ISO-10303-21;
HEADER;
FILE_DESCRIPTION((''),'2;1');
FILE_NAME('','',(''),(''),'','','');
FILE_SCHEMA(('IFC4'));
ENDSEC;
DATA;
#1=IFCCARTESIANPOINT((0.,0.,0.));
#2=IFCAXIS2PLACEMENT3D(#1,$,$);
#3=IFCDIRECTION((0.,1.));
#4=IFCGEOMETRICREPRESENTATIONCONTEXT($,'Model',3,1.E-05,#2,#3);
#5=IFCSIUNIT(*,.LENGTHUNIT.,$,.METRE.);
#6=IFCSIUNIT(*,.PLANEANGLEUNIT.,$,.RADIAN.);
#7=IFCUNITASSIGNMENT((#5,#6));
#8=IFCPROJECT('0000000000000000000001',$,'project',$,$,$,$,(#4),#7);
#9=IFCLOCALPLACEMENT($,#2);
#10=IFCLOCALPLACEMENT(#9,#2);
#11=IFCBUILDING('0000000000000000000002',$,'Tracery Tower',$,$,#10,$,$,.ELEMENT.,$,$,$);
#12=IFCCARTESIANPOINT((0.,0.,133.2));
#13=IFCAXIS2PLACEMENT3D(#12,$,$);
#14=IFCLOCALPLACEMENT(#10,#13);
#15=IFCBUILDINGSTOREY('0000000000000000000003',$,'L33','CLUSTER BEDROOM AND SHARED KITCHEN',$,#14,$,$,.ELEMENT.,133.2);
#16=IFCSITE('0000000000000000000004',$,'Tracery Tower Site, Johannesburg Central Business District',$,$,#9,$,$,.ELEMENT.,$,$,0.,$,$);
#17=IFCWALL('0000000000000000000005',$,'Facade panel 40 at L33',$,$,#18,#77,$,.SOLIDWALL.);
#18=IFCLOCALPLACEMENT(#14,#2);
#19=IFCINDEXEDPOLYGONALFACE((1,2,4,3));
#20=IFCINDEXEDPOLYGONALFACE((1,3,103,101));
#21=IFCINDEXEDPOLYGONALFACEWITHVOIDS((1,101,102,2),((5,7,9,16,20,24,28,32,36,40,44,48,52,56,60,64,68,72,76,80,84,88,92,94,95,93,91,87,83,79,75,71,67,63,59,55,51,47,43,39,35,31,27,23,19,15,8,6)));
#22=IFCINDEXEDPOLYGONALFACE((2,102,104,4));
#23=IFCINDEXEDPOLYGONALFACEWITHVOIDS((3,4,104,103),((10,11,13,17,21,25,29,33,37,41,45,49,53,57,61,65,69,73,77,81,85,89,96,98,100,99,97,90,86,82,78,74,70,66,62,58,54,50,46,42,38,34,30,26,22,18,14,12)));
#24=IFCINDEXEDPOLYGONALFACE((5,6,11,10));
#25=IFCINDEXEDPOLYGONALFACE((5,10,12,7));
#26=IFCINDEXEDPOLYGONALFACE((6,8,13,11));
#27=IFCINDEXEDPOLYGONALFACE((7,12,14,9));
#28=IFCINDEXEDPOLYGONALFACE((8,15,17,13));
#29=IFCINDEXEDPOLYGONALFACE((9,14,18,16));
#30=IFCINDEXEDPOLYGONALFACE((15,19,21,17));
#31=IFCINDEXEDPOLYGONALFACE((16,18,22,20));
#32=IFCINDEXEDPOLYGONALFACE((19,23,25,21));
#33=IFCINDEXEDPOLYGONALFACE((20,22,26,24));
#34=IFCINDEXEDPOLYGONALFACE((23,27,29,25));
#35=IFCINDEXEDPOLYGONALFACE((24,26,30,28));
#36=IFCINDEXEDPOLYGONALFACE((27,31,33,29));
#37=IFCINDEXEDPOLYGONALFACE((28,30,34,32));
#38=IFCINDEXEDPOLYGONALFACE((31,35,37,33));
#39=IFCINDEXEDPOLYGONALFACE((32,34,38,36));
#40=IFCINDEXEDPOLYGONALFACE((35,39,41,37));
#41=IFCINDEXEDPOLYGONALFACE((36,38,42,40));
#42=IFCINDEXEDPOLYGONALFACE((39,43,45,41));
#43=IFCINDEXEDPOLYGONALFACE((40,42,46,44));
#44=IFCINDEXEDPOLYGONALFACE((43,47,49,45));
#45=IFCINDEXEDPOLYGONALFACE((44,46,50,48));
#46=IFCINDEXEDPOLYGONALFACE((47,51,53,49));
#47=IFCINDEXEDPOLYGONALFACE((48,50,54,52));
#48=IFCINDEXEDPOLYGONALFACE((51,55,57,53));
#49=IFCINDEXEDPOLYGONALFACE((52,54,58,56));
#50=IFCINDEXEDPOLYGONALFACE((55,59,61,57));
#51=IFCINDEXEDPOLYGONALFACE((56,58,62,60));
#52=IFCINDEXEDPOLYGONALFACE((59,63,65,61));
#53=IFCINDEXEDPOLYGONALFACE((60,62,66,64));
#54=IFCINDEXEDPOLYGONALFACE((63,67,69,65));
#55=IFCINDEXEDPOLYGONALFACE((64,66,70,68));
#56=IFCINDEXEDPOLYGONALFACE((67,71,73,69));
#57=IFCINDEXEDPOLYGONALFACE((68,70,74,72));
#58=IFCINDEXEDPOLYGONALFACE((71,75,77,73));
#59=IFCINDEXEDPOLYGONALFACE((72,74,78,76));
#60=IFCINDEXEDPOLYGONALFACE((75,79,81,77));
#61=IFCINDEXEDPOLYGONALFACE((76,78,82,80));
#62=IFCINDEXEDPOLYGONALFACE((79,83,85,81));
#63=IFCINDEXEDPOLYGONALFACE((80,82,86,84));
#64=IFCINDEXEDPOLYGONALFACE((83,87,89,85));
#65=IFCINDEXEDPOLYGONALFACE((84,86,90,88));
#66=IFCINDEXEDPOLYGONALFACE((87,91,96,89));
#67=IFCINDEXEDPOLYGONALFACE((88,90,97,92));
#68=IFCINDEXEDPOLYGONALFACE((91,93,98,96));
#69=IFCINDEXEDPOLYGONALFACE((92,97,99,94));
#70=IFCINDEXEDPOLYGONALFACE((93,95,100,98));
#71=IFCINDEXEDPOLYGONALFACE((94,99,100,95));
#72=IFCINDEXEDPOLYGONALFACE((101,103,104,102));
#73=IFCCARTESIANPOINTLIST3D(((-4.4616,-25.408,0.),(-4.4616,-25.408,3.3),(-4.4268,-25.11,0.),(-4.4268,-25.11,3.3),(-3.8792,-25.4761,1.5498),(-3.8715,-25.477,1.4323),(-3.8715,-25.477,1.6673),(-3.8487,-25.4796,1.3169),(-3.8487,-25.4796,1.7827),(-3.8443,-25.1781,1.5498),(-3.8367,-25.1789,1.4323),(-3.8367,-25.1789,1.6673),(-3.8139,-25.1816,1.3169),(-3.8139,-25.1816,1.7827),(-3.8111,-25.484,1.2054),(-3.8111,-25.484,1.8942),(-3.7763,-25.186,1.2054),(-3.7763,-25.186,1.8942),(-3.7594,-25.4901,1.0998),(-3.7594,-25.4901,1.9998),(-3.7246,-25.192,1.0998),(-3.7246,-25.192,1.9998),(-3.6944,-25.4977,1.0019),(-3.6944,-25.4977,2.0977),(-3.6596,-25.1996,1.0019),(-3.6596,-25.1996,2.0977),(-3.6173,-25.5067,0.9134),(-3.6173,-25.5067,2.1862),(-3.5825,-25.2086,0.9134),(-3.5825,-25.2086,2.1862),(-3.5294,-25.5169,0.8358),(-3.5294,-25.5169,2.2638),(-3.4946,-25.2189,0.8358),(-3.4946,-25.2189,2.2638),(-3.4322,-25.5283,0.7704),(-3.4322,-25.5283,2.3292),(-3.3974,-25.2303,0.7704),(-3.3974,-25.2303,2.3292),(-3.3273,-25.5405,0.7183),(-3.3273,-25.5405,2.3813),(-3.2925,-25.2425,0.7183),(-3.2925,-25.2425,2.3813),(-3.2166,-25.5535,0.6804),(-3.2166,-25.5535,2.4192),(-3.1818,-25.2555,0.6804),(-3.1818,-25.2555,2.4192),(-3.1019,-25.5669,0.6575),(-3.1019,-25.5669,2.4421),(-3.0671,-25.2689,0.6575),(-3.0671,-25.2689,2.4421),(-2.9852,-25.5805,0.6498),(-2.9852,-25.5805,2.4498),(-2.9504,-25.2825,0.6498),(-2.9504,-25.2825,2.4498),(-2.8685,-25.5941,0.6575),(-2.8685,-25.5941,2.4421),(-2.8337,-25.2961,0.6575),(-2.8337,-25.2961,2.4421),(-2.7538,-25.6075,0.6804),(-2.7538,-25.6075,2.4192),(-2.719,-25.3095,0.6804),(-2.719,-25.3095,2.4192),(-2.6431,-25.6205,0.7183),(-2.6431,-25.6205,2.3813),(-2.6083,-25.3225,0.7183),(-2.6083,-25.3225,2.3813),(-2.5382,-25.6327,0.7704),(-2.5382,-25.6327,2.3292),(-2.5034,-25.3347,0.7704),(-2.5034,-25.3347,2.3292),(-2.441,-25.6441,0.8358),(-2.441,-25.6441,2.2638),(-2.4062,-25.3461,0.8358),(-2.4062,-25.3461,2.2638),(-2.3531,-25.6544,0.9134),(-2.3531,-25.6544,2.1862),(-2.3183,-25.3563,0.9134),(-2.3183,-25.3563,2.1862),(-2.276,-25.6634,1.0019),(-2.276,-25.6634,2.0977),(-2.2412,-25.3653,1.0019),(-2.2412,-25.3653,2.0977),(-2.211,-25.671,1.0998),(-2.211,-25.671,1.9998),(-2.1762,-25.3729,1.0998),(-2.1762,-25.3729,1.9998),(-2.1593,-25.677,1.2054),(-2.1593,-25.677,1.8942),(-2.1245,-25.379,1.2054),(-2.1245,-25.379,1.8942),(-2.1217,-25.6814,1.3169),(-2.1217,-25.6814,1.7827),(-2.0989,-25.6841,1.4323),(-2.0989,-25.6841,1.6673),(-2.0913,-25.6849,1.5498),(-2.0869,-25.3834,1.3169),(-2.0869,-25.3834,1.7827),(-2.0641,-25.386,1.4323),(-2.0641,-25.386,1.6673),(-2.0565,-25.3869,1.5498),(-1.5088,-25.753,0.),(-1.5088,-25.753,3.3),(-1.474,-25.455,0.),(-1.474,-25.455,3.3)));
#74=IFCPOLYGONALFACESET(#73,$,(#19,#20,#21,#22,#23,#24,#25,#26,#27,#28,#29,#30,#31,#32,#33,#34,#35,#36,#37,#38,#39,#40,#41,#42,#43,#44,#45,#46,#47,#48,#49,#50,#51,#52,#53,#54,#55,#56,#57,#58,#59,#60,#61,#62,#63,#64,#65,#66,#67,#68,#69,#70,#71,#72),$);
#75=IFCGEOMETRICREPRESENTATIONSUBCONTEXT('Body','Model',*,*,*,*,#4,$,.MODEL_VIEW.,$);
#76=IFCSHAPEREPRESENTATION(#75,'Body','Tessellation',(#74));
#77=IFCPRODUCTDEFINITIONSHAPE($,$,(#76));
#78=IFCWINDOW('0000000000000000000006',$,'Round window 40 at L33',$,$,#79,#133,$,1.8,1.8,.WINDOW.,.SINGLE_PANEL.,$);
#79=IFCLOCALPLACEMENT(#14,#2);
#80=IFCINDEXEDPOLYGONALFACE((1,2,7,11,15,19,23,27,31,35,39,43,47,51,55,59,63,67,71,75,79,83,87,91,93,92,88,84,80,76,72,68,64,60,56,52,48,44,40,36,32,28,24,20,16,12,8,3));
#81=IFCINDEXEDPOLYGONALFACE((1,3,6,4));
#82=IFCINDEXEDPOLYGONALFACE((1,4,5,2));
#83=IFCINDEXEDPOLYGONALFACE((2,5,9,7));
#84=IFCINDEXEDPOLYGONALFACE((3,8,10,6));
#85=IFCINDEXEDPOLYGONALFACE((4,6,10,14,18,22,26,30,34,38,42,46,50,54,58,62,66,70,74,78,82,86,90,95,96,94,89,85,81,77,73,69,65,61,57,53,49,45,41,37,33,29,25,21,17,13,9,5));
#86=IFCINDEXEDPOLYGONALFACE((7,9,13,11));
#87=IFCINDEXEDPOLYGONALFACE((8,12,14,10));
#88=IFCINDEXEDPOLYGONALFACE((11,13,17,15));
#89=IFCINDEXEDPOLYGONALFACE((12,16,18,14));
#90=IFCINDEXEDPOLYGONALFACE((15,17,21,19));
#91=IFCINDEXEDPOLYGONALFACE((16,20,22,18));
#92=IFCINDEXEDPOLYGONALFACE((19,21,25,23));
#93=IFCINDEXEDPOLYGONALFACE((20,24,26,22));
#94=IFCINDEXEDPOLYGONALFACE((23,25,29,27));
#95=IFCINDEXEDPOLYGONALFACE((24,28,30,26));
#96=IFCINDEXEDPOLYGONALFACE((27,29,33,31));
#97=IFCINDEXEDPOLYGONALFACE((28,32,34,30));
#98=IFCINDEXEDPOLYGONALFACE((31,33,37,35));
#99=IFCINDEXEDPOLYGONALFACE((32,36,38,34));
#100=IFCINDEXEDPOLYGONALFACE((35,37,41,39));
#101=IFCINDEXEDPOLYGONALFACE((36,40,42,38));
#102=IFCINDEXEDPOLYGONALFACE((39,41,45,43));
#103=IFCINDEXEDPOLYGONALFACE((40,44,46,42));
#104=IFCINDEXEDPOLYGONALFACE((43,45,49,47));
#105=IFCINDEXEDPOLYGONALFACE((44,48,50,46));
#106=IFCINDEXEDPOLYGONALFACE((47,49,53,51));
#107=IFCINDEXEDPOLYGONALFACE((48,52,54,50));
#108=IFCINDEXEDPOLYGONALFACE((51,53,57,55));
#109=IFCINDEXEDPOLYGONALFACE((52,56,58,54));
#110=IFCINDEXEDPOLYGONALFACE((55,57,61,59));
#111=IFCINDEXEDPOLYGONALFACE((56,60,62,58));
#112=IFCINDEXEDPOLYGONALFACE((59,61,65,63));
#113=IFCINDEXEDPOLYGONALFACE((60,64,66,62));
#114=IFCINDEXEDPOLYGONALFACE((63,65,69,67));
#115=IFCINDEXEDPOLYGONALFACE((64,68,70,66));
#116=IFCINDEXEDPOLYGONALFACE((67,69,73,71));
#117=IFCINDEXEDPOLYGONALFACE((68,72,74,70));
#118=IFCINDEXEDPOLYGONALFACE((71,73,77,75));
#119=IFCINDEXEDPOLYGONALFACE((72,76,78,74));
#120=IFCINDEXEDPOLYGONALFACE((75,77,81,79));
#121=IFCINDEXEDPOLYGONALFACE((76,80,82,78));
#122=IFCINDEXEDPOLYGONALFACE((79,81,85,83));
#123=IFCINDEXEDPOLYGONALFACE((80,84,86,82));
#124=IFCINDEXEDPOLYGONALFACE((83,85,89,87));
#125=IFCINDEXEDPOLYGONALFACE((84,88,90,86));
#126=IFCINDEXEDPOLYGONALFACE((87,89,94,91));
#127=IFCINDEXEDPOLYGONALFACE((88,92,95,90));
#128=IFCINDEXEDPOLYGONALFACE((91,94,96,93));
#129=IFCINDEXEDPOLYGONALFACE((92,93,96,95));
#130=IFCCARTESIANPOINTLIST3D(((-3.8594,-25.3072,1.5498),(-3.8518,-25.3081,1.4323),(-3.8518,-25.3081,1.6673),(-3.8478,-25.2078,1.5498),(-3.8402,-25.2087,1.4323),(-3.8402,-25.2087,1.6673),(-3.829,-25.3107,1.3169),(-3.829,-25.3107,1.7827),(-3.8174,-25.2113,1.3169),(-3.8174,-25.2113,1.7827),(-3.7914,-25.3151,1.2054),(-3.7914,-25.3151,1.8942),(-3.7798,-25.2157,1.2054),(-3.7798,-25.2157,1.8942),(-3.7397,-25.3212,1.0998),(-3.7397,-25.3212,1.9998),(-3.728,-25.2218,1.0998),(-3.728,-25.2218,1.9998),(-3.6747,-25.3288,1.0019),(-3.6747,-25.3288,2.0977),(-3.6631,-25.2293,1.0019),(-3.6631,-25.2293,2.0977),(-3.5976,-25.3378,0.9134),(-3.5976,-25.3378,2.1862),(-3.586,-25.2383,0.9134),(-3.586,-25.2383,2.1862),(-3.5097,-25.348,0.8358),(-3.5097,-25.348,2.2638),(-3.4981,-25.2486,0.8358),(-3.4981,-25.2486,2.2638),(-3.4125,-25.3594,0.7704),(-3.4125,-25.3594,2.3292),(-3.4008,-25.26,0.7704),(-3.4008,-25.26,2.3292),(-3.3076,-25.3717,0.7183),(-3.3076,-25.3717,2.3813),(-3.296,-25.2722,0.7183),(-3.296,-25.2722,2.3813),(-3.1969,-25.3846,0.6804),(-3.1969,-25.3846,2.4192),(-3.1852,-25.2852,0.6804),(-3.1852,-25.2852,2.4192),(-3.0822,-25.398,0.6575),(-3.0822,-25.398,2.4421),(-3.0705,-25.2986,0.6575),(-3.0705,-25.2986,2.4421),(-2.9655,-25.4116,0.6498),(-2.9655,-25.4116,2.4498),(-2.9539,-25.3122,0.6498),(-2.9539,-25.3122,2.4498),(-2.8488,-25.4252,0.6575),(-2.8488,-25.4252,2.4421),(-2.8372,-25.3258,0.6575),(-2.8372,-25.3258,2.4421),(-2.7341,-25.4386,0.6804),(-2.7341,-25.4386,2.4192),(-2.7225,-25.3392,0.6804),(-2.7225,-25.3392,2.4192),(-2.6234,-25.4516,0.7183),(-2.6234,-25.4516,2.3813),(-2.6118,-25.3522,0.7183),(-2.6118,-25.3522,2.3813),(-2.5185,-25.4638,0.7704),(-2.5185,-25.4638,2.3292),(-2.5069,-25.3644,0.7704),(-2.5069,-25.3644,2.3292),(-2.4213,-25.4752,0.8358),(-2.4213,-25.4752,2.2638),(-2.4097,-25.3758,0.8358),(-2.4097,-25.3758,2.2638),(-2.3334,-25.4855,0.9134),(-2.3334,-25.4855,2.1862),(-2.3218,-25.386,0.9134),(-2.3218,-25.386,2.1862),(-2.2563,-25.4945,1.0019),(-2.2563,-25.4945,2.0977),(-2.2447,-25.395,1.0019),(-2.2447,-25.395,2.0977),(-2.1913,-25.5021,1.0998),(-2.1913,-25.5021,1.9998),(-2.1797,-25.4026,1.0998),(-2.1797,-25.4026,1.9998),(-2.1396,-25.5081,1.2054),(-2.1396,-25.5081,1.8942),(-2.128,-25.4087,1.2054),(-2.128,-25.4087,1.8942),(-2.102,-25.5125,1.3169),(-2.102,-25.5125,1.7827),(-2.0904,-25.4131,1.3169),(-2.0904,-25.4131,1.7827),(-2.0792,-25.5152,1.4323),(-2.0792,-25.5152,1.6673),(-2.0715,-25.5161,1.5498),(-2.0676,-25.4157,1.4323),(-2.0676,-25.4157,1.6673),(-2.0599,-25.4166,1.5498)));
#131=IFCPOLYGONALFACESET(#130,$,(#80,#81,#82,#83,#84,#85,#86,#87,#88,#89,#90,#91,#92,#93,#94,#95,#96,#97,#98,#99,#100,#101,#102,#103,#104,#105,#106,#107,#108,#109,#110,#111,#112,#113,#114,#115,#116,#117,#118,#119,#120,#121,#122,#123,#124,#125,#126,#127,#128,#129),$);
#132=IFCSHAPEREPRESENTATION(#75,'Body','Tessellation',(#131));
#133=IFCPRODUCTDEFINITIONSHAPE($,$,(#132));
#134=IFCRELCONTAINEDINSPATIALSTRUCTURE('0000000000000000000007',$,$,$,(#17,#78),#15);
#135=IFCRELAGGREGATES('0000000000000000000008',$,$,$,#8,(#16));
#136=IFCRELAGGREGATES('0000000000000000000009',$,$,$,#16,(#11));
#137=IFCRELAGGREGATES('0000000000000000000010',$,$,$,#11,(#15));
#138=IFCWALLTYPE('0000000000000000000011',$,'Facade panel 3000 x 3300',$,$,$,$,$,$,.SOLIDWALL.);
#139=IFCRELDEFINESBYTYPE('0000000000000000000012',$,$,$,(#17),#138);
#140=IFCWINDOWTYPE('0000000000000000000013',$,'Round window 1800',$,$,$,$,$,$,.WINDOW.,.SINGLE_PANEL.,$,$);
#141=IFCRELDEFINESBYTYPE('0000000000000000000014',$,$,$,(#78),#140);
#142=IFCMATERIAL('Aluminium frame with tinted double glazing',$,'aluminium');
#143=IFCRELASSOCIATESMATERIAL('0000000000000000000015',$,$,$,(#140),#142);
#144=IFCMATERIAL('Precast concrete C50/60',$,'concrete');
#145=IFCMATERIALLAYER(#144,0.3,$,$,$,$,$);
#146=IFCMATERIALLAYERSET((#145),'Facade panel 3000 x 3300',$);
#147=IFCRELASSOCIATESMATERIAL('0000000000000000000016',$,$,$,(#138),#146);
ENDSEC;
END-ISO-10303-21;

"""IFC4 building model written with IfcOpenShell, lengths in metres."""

from ifc_helpers import new_model, si_unit, direction, frame, frame_2d, origin, origin_2d, place, context, subcontext, project, spatial, rectangle, circle, extrude, material, layer, layer_set, type_object, element, fill, save


model = new_model("IFC4")

# Units and contexts
model_context = context("Model", 3, precision=1e-05, world=origin(), true_north=direction((0.0, 1.0)))
body_context = subcontext(model_context, "Body", "Model", "MODEL_VIEW")
ifc_project = project(units=[si_unit("LENGTHUNIT", "METRE"), si_unit("PLANEANGLEUNIT", "RADIAN")], contexts=[model_context])

# Site, building, storey
site_placement = place(None, origin())
site = spatial("IfcSite", under=ifc_project, at=site_placement, Name="Tracery Tower Site, Johannesburg Central Business District", CompositionType="ELEMENT", RefElevation=0.0)
building_placement = place(site_placement, origin())
building = spatial("IfcBuilding", under=site, at=building_placement, Name="Tracery Tower", CompositionType="ELEMENT")
storey_placement = place(building_placement, frame((0.0, 0.0, 133.2)))
storey = spatial("IfcBuildingStorey", under=building, at=storey_placement, Name="L33", Description="CLUSTER BEDROOM AND SHARED KITCHEN", CompositionType="ELEMENT", Elevation=133.2)

# Wall, opening, window
ifc_material_1 = material(Name="Aluminium frame with tinted double glazing", Category="aluminium")
window_type = type_object("IfcWindowType", Name="Round window 1800", PartitioningType="SINGLE_PANEL", PredefinedType="WINDOW", material=ifc_material_1)
ifc_material_2 = material(Name="Precast concrete C50/60", Category="concrete")
ifc_layer_1 = layer(ifc_material_2, 0.3)
ifc_layer_set_1 = layer_set([ifc_layer_1], Name="Facade panel 3000 x 3300")
wall_type_1 = type_object("IfcWallType", Name="Facade panel 3000 x 3300", PredefinedType="SOLIDWALL", material=ifc_layer_set_1)
wall_1_placement = place(storey_placement, frame((-4.4441, -25.259, 0.0), z_axis=(0.0, 0.0, 1.0), x_axis=(0.993245, -0.116036, 0.0)))
wall_1 = element("IfcWall", 1, at=wall_1_placement, inside=storey, type_object=wall_type_1, Name="Facade panel 40 at L33", PredefinedType="SOLIDWALL", context=body_context, shape_type="SweptSolid", body=[
    extrude(rectangle(XDim=2.9729, YDim=0.3, at=frame_2d((1.4863, 0.0))), origin(), (0.0, 0.0, 1.0), 3.3),
])
opening_1_placement = place(wall_1_placement, frame((1.4863, 0.0, 1.5498)))
opening_1 = element("IfcOpeningElement", 2, at=opening_1_placement, cuts=wall_1, PredefinedType="OPENING", context=body_context, shape_type="SweptSolid", body=[
    extrude(circle(Radius=0.9, at=origin_2d()), frame((0.0, 0.1599, 0.0), z_axis=(0.0, -1.0, 0.0), x_axis=(1.0, 0.0, 0.0)), (0.0, 0.0, 1.0), 0.3201),
])
window_1_placement = place(opening_1_placement, origin())
window_1 = element("IfcWindow", 3, at=window_1_placement, inside=storey, type_object=window_type, Name="Round window 40 at L33", OverallHeight=1.8, OverallWidth=1.8, PartitioningType="SINGLE_PANEL", PredefinedType="WINDOW", context=body_context, shape_type="SweptSolid", body=[
    extrude(circle(Radius=0.9, at=origin_2d()), frame((0.0, 0.1201, 0.0), z_axis=(0.0, -1.0, 0.0), x_axis=(1.0, 0.0, 0.0)), (0.0, 0.0, 1.0), 0.1001),
])
fill(opening_1, window_1)

save(model, "model.ifc")
